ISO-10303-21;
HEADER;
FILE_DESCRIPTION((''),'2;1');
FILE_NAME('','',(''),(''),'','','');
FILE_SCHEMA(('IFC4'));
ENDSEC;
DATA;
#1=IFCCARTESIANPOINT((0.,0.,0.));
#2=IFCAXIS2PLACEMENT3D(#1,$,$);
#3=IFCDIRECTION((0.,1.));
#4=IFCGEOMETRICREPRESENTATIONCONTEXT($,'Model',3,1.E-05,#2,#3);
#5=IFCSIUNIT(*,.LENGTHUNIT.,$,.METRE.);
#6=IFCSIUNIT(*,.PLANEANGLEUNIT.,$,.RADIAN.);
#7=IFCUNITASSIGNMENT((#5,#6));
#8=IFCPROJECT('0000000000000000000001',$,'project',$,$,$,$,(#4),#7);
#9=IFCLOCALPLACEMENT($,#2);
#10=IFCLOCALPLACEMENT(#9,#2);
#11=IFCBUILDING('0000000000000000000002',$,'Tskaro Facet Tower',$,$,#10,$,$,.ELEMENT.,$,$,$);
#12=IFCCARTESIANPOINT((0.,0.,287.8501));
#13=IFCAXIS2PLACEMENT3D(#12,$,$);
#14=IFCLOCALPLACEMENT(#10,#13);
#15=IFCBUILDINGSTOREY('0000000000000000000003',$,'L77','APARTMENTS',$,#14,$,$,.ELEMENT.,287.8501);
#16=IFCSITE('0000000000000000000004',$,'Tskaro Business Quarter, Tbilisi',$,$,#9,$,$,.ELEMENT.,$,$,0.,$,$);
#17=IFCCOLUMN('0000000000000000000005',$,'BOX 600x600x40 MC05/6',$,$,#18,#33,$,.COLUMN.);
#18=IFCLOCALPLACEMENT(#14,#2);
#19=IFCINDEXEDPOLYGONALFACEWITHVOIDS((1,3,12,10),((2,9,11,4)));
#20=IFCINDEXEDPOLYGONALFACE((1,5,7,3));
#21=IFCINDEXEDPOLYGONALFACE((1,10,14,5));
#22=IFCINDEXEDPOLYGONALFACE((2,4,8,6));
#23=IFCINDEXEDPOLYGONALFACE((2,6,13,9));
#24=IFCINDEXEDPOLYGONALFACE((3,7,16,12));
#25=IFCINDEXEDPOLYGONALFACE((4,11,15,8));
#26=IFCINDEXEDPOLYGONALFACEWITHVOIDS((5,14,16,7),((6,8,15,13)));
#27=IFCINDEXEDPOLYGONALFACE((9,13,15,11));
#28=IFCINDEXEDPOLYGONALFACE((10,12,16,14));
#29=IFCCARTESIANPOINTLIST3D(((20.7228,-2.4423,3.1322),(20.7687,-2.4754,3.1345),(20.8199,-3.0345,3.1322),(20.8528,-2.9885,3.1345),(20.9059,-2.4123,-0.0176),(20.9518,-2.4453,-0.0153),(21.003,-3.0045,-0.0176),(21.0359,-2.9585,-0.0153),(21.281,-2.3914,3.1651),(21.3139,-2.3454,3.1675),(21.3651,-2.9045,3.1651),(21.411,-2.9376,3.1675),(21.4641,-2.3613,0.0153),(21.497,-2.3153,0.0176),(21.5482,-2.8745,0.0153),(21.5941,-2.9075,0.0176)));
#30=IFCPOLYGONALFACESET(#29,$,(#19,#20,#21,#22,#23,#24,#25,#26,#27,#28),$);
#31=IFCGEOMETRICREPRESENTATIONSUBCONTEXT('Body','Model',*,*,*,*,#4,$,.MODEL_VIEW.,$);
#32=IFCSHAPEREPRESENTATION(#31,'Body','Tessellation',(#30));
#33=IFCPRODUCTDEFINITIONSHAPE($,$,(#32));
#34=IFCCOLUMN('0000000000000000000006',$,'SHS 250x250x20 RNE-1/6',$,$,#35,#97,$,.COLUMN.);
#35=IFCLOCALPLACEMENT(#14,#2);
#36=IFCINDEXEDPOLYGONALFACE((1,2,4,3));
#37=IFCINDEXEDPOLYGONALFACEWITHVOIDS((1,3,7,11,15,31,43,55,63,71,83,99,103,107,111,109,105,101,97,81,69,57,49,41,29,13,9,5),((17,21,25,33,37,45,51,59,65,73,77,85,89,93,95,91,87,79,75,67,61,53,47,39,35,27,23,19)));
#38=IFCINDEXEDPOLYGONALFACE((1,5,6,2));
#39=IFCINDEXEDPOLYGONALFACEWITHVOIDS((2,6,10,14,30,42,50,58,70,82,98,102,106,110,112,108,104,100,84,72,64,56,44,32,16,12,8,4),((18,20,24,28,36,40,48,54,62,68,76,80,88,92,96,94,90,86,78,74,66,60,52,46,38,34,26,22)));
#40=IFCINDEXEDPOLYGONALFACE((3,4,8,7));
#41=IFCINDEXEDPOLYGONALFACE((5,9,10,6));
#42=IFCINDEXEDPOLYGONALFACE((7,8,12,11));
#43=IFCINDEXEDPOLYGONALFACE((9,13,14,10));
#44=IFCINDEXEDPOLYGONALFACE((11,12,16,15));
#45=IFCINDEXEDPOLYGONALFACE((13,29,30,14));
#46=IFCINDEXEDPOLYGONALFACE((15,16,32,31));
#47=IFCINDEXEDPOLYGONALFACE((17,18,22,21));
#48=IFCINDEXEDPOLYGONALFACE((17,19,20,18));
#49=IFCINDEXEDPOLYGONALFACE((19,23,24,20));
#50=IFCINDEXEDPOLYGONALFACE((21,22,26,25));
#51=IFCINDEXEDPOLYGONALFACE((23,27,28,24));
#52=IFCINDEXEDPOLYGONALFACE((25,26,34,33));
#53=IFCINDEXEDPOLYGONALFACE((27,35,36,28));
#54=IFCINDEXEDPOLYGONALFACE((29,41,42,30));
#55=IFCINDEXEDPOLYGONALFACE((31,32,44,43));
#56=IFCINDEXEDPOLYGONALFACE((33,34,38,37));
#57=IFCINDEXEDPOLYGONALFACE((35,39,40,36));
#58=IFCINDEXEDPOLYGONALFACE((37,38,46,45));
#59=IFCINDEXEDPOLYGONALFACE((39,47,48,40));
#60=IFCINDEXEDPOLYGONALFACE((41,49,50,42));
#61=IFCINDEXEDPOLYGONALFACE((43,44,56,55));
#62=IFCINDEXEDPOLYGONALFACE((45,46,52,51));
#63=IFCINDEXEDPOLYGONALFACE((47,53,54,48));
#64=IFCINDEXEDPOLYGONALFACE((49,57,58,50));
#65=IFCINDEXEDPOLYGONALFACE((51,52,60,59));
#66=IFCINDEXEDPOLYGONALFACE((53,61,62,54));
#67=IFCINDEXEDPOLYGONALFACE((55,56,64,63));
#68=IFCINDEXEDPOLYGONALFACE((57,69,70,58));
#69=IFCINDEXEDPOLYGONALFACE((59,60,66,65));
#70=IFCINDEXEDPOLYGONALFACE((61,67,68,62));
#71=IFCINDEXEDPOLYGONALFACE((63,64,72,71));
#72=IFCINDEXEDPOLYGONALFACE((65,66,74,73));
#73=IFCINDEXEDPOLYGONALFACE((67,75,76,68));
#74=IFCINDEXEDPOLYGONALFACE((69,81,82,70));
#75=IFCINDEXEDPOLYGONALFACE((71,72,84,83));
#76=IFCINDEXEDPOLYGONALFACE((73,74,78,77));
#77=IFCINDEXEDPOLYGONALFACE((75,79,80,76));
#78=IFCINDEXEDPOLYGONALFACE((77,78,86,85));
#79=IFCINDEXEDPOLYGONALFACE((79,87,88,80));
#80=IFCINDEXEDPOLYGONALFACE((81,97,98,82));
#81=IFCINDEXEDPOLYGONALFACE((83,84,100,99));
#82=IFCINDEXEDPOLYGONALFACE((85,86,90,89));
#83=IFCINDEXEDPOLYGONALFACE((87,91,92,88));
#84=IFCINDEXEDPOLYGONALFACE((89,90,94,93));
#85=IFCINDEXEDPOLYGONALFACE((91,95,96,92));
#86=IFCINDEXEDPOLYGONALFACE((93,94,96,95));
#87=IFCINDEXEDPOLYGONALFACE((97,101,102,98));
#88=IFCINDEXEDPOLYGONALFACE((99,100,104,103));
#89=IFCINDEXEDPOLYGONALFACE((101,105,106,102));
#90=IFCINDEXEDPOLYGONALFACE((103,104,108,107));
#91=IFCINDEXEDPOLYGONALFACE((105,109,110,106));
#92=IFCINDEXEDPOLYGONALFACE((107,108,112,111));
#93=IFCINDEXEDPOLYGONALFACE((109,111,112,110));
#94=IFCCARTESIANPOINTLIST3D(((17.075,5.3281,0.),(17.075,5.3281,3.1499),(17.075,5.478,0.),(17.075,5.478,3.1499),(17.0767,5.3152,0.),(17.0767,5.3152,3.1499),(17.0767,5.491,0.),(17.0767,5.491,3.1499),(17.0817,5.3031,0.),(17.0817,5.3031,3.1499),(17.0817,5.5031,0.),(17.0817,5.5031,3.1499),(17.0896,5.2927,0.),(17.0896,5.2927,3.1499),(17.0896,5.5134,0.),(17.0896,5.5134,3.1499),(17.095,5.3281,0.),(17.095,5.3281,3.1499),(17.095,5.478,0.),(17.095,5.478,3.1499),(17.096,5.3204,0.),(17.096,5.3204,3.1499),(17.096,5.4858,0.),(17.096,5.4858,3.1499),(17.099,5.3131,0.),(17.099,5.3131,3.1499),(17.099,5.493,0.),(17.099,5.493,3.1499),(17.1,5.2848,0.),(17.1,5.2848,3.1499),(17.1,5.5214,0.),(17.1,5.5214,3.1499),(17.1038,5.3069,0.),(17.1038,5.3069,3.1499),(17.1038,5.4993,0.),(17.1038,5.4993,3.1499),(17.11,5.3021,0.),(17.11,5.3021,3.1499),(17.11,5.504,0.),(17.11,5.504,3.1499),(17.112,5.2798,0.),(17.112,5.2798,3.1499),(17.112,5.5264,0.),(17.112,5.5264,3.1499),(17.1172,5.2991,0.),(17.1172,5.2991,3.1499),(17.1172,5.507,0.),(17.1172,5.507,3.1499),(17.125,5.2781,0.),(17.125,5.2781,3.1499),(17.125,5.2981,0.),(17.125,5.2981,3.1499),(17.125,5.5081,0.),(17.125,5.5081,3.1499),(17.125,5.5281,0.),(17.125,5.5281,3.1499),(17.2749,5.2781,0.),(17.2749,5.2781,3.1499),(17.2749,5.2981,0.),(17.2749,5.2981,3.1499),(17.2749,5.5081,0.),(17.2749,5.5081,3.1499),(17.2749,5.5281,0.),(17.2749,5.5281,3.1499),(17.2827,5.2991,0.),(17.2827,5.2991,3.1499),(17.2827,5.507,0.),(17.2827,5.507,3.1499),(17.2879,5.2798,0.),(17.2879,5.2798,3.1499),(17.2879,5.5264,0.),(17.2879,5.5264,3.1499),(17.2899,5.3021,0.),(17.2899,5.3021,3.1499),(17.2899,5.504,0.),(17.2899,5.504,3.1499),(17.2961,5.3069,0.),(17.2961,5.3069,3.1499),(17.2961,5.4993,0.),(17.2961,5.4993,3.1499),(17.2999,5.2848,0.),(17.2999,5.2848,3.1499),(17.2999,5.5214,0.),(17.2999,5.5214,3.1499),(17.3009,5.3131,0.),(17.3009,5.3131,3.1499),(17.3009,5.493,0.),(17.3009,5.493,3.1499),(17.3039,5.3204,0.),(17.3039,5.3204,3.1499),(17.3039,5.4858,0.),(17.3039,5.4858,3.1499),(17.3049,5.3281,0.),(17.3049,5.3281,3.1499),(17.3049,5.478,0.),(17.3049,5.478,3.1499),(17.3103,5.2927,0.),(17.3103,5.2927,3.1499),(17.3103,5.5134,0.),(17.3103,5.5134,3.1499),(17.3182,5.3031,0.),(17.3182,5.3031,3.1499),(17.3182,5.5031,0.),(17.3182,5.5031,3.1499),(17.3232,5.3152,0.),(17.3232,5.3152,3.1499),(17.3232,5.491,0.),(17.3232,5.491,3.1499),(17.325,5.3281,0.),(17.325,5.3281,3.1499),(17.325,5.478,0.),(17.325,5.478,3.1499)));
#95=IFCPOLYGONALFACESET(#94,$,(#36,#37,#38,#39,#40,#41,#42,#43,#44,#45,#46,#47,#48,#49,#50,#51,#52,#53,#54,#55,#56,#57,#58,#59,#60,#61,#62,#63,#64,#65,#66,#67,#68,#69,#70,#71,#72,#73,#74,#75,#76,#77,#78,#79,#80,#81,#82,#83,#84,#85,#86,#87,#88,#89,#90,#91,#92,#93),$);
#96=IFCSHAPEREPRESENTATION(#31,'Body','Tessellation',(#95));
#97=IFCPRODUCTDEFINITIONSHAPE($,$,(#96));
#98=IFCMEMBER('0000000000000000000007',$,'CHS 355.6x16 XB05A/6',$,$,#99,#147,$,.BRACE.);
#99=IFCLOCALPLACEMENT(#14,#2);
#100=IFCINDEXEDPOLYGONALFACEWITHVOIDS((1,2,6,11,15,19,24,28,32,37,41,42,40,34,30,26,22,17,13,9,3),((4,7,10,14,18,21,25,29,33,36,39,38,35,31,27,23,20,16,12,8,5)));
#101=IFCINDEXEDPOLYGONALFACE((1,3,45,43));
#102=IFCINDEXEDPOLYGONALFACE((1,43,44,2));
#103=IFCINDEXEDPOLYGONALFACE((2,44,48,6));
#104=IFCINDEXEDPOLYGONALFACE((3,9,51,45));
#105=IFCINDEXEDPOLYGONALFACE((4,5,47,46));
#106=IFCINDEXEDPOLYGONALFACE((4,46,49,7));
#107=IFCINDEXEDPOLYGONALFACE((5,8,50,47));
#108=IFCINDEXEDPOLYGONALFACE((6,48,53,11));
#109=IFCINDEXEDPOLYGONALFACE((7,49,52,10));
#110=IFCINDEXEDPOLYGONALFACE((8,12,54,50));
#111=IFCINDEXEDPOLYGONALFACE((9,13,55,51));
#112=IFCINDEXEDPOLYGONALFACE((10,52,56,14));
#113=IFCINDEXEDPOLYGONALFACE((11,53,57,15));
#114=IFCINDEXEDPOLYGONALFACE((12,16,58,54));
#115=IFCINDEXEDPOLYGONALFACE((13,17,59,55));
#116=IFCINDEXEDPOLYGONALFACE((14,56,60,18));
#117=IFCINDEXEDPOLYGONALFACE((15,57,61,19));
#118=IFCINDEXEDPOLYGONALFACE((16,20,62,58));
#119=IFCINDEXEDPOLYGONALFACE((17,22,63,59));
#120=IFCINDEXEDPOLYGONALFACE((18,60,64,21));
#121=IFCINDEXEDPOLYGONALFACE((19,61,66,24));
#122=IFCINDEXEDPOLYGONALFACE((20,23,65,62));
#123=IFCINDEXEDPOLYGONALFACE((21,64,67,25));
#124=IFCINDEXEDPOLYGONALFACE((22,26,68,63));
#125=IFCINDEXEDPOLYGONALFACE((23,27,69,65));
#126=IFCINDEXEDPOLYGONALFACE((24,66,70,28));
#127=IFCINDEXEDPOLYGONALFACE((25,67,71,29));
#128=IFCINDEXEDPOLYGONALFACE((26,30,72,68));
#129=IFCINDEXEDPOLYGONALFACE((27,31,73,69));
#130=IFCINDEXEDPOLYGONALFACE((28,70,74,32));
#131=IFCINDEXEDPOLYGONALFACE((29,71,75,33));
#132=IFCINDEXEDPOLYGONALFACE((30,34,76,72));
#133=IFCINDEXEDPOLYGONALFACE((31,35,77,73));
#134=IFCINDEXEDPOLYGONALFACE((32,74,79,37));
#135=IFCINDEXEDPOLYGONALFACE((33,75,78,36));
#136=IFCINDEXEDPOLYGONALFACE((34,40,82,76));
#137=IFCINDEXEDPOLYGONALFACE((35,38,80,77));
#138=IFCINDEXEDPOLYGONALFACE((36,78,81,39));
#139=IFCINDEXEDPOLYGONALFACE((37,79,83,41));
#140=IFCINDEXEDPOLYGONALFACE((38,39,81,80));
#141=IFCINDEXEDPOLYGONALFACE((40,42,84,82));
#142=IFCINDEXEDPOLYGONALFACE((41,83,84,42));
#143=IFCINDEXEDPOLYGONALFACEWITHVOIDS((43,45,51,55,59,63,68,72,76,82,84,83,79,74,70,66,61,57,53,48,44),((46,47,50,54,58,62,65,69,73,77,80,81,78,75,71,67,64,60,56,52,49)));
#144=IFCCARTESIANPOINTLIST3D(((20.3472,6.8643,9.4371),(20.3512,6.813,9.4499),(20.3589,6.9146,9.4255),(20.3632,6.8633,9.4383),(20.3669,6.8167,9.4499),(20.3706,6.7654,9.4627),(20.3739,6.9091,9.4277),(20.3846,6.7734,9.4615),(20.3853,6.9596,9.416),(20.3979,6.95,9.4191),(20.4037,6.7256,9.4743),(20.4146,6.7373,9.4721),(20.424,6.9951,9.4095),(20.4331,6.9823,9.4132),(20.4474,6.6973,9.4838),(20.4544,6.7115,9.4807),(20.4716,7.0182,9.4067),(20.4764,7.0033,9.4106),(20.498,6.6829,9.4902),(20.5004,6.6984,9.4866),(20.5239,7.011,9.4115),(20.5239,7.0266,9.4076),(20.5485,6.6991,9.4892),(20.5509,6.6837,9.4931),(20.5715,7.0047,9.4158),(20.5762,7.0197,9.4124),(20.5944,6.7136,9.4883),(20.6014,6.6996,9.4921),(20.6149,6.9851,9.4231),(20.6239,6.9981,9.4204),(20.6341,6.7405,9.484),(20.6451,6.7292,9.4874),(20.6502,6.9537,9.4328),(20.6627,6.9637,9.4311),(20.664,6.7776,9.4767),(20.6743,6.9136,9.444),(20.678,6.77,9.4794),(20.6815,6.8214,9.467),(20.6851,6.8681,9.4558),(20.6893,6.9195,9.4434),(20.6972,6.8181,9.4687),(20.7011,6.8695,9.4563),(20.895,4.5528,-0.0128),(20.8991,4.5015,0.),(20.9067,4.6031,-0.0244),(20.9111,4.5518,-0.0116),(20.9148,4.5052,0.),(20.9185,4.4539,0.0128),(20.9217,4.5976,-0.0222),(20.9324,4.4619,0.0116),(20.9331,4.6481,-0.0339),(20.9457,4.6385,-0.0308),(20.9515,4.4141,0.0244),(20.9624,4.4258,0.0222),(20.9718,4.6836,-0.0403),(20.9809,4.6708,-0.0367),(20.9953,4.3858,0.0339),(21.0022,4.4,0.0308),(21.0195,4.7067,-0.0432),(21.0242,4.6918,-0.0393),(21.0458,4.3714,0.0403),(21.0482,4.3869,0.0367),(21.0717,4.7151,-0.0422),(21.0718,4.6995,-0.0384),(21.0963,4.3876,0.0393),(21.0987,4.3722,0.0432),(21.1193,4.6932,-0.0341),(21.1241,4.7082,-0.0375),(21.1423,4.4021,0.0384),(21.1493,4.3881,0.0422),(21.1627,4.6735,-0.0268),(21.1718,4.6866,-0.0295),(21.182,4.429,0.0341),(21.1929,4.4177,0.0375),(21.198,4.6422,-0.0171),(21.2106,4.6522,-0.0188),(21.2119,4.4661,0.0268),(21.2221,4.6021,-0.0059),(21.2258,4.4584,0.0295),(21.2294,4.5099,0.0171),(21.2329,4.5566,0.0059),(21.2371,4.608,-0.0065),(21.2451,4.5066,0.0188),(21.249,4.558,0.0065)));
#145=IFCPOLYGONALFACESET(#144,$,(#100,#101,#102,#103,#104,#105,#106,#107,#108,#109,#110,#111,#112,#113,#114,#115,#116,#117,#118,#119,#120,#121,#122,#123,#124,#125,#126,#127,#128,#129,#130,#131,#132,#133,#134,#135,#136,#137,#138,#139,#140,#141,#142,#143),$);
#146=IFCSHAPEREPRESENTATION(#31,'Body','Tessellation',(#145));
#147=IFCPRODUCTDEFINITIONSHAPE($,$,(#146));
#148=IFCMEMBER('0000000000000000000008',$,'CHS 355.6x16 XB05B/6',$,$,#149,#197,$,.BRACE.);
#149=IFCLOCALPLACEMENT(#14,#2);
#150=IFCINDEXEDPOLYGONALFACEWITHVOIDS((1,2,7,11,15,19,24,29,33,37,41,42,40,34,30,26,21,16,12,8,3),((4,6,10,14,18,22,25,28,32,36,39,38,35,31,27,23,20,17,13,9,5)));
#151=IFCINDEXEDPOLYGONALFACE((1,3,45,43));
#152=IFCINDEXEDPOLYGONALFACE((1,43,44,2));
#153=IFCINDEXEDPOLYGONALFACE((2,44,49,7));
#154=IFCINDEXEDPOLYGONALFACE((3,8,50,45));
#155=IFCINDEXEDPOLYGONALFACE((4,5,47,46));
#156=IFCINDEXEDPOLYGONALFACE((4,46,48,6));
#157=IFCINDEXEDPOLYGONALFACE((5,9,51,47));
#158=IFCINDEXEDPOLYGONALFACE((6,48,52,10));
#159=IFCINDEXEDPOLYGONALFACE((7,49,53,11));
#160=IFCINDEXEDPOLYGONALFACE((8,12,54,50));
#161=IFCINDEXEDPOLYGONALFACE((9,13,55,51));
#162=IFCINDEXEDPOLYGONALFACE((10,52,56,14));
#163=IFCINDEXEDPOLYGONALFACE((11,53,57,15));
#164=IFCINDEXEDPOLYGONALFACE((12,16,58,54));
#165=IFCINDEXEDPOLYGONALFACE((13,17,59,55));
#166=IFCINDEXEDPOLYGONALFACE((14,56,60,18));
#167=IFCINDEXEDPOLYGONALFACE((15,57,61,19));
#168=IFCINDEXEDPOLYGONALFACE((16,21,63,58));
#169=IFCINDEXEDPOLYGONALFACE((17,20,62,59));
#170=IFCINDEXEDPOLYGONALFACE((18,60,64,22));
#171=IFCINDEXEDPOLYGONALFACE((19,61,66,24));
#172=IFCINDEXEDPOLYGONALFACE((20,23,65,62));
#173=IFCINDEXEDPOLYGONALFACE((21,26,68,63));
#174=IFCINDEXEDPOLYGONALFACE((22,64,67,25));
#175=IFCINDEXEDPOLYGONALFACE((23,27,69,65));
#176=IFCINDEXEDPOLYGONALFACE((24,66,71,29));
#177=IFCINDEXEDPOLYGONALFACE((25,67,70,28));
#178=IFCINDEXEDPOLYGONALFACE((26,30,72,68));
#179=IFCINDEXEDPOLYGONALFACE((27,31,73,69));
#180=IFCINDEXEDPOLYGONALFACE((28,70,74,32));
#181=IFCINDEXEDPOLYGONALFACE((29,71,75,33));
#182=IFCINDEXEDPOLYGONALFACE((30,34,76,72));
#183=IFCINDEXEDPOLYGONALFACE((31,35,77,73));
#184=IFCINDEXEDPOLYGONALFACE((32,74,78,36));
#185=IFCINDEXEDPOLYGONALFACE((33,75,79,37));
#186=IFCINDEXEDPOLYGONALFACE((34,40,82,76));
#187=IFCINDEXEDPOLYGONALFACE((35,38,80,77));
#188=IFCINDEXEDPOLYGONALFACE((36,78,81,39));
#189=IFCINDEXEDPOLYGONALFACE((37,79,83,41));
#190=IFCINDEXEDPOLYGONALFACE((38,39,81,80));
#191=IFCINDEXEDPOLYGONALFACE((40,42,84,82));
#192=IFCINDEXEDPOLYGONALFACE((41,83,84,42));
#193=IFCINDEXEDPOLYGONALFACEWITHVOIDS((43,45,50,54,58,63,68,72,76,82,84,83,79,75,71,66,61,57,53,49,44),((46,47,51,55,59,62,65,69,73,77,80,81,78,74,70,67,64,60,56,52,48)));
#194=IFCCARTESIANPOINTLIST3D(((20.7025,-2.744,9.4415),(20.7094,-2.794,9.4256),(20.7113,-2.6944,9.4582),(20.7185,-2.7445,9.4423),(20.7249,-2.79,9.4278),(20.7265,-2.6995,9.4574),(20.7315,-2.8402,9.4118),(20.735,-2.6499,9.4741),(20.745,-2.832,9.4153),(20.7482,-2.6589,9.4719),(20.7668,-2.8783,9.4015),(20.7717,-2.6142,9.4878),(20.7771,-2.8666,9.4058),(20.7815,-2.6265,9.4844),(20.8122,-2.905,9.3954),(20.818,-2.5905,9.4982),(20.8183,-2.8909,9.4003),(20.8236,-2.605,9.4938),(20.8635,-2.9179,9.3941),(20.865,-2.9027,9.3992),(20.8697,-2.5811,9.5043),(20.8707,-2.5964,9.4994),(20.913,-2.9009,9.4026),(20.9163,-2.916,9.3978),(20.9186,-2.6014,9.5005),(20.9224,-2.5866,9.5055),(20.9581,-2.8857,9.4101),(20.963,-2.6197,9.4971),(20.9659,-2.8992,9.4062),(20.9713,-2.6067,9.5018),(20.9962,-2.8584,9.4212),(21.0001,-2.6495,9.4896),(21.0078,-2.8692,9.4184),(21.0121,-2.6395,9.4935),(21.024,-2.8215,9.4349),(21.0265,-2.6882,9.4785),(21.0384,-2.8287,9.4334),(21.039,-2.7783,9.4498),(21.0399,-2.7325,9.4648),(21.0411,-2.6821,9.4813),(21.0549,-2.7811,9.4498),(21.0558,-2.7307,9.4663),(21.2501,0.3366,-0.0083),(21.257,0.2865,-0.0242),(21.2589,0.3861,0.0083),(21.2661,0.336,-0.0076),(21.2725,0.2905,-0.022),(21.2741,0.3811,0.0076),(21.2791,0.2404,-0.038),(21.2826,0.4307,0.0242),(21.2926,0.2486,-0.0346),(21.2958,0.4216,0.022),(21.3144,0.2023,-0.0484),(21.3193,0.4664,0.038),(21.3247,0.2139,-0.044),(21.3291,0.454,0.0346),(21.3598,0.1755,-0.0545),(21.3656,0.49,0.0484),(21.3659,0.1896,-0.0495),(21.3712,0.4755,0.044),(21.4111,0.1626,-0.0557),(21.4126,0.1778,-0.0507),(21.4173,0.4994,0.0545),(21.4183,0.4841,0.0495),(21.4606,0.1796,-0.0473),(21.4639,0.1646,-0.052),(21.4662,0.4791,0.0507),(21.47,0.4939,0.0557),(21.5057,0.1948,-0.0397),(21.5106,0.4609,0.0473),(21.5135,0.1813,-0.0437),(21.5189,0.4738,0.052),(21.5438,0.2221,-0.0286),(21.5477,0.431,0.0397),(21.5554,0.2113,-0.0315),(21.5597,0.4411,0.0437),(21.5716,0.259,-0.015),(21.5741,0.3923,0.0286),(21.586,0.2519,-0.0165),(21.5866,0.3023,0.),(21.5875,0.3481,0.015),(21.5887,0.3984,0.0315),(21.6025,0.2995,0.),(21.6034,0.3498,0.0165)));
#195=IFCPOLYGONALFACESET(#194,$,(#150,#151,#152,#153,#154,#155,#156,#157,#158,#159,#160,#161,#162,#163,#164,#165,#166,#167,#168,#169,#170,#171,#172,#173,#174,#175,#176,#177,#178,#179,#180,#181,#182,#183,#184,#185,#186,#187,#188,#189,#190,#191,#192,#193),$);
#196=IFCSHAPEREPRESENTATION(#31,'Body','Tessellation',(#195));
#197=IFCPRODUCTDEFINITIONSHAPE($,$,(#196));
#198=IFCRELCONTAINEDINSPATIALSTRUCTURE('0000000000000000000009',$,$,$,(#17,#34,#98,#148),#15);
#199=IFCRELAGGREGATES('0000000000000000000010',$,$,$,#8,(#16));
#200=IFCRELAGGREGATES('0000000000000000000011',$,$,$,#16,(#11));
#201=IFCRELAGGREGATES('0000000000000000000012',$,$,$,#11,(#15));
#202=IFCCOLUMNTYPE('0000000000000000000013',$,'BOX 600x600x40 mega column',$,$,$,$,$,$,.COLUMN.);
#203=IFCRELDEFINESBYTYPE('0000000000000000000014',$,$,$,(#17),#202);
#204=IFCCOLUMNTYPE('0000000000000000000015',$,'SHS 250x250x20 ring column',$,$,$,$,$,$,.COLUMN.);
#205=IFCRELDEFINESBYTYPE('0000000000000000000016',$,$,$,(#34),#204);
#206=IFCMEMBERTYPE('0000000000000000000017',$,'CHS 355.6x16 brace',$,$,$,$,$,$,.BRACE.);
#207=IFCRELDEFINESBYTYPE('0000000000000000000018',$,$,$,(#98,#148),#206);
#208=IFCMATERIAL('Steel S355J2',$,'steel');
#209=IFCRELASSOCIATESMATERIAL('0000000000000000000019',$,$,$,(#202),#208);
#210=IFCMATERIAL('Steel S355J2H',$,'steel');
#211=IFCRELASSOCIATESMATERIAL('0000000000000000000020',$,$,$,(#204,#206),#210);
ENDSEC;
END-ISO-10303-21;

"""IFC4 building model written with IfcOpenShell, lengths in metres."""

from ifc_helpers import new_model, si_unit, direction, frame, origin, origin_2d, place, context, subcontext, project, spatial, hollow_rectangle, hollow_circle, extrude, material, material_profile, profile_set, type_object, element, save


model = new_model("IFC4")

# Units and contexts
model_context = context("Model", 3, precision=1e-05, world=origin(), true_north=direction((0.0, 1.0)))
body_context = subcontext(model_context, "Body", "Model", "MODEL_VIEW")
ifc_project = project(units=[si_unit("LENGTHUNIT", "METRE"), si_unit("PLANEANGLEUNIT", "RADIAN")], contexts=[model_context])

# Site, building, storey
site_placement = place(None, origin())
site = spatial("IfcSite", under=ifc_project, at=site_placement, Name="Tskaro Business Quarter, Tbilisi", CompositionType="ELEMENT", RefElevation=0.0)
building_placement = place(site_placement, origin())
building = spatial("IfcBuilding", under=site, at=building_placement, Name="Tskaro Facet Tower", CompositionType="ELEMENT")
storey_placement = place(building_placement, frame((0.0, 0.0, 287.8501)))
storey = spatial("IfcBuildingStorey", under=building, at=storey_placement, Name="L77", Description="APARTMENTS", CompositionType="ELEMENT", Elevation=287.8501)

# Columns
ifc_material_1 = material(Name="Steel S355J2", Category="steel")
ifc_material_profile_1 = material_profile(ifc_material_1, hollow_rectangle(XDim=0.6001, YDim=0.6001, WallThickness=0.04, at=origin_2d()), Name="BOX 600x600x40")
ifc_profile_set_1 = profile_set([ifc_material_profile_1], Name="Steel S355J2")
column_type_1 = type_object("IfcColumnType", Name="BOX 600x600x40 mega column", PredefinedType="COLUMN", material=ifc_profile_set_1)
column_1_placement = place(storey_placement, frame((21.25, -2.6599, 0.0), z_axis=(-0.05803, -0.009517, 0.998269), x_axis=(0.161838, -0.986817, 0.0)))
element("IfcColumn", 1, at=column_1_placement, inside=storey, type_object=column_type_1, Name="BOX 600x600x40 MC05/6", PredefinedType="COLUMN", context=body_context, shape_type="SweptSolid", body=[
    extrude(hollow_rectangle(XDim=0.6001, YDim=0.6001, WallThickness=0.04, at=origin_2d()), origin(), (0.0, 0.0, 1.0), 3.1553),
])
ifc_material_2 = material(Name="Steel S355J2H", Category="steel")
ifc_material_profile_2 = material_profile(ifc_material_2, hollow_rectangle(XDim=0.25, YDim=0.25, WallThickness=0.02, InnerFilletRadius=0.03, OuterFilletRadius=0.05, at=origin_2d()), Name="SHS 250x250x20")
ifc_profile_set_2 = profile_set([ifc_material_profile_2], Name="Steel S355J2H")
column_type_2 = type_object("IfcColumnType", Name="SHS 250x250x20 ring column", PredefinedType="COLUMN", material=ifc_profile_set_2)
column_2_placement = place(storey_placement, frame((17.2, 5.4031, 0.0), z_axis=(0.0, 0.0, 1.0), x_axis=(1.0, 0.0, 0.0)))
element("IfcColumn", 2, at=column_2_placement, inside=storey, type_object=column_type_2, Name="SHS 250x250x20 RNE-1/6", PredefinedType="COLUMN", context=body_context, shape_type="SweptSolid", body=[
    extrude(hollow_rectangle(XDim=0.25, YDim=0.25, WallThickness=0.02, InnerFilletRadius=0.03, OuterFilletRadius=0.05, at=origin_2d()), origin(), (0.0, 0.0, 1.0), 3.1499),
])

# Members
ifc_material_profile_3 = material_profile(ifc_material_2, hollow_circle(Radius=0.1777, WallThickness=0.0161, at=origin_2d()), Name="CHS 355.6x16")
ifc_profile_set_3 = profile_set([ifc_material_profile_3], Name="Steel S355J2H")
member_type_1 = type_object("IfcMemberType", Name="CHS 355.6x16 brace", PredefinedType="BRACE", material=ifc_profile_set_3)
member_1_placement = place(storey_placement, frame((21.072, 4.5425, 0.0), z_axis=(-0.056225, 0.237226, 0.969826), x_axis=(-0.973044, -0.23062, 0.0)))
element("IfcMember", 3, at=member_1_placement, inside=storey, type_object=member_type_1, Name="CHS 355.6x16 XB05A/6", PredefinedType="BRACE", context=body_context, shape_type="SweptSolid", body=[
    extrude(hollow_circle(Radius=0.1777, WallThickness=0.0161, at=origin_2d()), origin(), (0.0, 0.0, 1.0), 9.7439),
])
member_2_placement = place(storey_placement, frame((21.4275, 0.3306, 0.0), z_axis=(-0.055011, -0.309466, 0.949318), x_axis=(0.984565, -0.175018, 0.0)))
element("IfcMember", 4, at=member_2_placement, inside=storey, type_object=member_type_1, Name="CHS 355.6x16 XB05B/6", PredefinedType="BRACE", context=body_context, shape_type="SweptSolid", body=[
    extrude(hollow_circle(Radius=0.1777, WallThickness=0.0161, at=origin_2d()), origin(), (0.0, 0.0, 1.0), 9.9543),
])

save(model, "model.ifc")
